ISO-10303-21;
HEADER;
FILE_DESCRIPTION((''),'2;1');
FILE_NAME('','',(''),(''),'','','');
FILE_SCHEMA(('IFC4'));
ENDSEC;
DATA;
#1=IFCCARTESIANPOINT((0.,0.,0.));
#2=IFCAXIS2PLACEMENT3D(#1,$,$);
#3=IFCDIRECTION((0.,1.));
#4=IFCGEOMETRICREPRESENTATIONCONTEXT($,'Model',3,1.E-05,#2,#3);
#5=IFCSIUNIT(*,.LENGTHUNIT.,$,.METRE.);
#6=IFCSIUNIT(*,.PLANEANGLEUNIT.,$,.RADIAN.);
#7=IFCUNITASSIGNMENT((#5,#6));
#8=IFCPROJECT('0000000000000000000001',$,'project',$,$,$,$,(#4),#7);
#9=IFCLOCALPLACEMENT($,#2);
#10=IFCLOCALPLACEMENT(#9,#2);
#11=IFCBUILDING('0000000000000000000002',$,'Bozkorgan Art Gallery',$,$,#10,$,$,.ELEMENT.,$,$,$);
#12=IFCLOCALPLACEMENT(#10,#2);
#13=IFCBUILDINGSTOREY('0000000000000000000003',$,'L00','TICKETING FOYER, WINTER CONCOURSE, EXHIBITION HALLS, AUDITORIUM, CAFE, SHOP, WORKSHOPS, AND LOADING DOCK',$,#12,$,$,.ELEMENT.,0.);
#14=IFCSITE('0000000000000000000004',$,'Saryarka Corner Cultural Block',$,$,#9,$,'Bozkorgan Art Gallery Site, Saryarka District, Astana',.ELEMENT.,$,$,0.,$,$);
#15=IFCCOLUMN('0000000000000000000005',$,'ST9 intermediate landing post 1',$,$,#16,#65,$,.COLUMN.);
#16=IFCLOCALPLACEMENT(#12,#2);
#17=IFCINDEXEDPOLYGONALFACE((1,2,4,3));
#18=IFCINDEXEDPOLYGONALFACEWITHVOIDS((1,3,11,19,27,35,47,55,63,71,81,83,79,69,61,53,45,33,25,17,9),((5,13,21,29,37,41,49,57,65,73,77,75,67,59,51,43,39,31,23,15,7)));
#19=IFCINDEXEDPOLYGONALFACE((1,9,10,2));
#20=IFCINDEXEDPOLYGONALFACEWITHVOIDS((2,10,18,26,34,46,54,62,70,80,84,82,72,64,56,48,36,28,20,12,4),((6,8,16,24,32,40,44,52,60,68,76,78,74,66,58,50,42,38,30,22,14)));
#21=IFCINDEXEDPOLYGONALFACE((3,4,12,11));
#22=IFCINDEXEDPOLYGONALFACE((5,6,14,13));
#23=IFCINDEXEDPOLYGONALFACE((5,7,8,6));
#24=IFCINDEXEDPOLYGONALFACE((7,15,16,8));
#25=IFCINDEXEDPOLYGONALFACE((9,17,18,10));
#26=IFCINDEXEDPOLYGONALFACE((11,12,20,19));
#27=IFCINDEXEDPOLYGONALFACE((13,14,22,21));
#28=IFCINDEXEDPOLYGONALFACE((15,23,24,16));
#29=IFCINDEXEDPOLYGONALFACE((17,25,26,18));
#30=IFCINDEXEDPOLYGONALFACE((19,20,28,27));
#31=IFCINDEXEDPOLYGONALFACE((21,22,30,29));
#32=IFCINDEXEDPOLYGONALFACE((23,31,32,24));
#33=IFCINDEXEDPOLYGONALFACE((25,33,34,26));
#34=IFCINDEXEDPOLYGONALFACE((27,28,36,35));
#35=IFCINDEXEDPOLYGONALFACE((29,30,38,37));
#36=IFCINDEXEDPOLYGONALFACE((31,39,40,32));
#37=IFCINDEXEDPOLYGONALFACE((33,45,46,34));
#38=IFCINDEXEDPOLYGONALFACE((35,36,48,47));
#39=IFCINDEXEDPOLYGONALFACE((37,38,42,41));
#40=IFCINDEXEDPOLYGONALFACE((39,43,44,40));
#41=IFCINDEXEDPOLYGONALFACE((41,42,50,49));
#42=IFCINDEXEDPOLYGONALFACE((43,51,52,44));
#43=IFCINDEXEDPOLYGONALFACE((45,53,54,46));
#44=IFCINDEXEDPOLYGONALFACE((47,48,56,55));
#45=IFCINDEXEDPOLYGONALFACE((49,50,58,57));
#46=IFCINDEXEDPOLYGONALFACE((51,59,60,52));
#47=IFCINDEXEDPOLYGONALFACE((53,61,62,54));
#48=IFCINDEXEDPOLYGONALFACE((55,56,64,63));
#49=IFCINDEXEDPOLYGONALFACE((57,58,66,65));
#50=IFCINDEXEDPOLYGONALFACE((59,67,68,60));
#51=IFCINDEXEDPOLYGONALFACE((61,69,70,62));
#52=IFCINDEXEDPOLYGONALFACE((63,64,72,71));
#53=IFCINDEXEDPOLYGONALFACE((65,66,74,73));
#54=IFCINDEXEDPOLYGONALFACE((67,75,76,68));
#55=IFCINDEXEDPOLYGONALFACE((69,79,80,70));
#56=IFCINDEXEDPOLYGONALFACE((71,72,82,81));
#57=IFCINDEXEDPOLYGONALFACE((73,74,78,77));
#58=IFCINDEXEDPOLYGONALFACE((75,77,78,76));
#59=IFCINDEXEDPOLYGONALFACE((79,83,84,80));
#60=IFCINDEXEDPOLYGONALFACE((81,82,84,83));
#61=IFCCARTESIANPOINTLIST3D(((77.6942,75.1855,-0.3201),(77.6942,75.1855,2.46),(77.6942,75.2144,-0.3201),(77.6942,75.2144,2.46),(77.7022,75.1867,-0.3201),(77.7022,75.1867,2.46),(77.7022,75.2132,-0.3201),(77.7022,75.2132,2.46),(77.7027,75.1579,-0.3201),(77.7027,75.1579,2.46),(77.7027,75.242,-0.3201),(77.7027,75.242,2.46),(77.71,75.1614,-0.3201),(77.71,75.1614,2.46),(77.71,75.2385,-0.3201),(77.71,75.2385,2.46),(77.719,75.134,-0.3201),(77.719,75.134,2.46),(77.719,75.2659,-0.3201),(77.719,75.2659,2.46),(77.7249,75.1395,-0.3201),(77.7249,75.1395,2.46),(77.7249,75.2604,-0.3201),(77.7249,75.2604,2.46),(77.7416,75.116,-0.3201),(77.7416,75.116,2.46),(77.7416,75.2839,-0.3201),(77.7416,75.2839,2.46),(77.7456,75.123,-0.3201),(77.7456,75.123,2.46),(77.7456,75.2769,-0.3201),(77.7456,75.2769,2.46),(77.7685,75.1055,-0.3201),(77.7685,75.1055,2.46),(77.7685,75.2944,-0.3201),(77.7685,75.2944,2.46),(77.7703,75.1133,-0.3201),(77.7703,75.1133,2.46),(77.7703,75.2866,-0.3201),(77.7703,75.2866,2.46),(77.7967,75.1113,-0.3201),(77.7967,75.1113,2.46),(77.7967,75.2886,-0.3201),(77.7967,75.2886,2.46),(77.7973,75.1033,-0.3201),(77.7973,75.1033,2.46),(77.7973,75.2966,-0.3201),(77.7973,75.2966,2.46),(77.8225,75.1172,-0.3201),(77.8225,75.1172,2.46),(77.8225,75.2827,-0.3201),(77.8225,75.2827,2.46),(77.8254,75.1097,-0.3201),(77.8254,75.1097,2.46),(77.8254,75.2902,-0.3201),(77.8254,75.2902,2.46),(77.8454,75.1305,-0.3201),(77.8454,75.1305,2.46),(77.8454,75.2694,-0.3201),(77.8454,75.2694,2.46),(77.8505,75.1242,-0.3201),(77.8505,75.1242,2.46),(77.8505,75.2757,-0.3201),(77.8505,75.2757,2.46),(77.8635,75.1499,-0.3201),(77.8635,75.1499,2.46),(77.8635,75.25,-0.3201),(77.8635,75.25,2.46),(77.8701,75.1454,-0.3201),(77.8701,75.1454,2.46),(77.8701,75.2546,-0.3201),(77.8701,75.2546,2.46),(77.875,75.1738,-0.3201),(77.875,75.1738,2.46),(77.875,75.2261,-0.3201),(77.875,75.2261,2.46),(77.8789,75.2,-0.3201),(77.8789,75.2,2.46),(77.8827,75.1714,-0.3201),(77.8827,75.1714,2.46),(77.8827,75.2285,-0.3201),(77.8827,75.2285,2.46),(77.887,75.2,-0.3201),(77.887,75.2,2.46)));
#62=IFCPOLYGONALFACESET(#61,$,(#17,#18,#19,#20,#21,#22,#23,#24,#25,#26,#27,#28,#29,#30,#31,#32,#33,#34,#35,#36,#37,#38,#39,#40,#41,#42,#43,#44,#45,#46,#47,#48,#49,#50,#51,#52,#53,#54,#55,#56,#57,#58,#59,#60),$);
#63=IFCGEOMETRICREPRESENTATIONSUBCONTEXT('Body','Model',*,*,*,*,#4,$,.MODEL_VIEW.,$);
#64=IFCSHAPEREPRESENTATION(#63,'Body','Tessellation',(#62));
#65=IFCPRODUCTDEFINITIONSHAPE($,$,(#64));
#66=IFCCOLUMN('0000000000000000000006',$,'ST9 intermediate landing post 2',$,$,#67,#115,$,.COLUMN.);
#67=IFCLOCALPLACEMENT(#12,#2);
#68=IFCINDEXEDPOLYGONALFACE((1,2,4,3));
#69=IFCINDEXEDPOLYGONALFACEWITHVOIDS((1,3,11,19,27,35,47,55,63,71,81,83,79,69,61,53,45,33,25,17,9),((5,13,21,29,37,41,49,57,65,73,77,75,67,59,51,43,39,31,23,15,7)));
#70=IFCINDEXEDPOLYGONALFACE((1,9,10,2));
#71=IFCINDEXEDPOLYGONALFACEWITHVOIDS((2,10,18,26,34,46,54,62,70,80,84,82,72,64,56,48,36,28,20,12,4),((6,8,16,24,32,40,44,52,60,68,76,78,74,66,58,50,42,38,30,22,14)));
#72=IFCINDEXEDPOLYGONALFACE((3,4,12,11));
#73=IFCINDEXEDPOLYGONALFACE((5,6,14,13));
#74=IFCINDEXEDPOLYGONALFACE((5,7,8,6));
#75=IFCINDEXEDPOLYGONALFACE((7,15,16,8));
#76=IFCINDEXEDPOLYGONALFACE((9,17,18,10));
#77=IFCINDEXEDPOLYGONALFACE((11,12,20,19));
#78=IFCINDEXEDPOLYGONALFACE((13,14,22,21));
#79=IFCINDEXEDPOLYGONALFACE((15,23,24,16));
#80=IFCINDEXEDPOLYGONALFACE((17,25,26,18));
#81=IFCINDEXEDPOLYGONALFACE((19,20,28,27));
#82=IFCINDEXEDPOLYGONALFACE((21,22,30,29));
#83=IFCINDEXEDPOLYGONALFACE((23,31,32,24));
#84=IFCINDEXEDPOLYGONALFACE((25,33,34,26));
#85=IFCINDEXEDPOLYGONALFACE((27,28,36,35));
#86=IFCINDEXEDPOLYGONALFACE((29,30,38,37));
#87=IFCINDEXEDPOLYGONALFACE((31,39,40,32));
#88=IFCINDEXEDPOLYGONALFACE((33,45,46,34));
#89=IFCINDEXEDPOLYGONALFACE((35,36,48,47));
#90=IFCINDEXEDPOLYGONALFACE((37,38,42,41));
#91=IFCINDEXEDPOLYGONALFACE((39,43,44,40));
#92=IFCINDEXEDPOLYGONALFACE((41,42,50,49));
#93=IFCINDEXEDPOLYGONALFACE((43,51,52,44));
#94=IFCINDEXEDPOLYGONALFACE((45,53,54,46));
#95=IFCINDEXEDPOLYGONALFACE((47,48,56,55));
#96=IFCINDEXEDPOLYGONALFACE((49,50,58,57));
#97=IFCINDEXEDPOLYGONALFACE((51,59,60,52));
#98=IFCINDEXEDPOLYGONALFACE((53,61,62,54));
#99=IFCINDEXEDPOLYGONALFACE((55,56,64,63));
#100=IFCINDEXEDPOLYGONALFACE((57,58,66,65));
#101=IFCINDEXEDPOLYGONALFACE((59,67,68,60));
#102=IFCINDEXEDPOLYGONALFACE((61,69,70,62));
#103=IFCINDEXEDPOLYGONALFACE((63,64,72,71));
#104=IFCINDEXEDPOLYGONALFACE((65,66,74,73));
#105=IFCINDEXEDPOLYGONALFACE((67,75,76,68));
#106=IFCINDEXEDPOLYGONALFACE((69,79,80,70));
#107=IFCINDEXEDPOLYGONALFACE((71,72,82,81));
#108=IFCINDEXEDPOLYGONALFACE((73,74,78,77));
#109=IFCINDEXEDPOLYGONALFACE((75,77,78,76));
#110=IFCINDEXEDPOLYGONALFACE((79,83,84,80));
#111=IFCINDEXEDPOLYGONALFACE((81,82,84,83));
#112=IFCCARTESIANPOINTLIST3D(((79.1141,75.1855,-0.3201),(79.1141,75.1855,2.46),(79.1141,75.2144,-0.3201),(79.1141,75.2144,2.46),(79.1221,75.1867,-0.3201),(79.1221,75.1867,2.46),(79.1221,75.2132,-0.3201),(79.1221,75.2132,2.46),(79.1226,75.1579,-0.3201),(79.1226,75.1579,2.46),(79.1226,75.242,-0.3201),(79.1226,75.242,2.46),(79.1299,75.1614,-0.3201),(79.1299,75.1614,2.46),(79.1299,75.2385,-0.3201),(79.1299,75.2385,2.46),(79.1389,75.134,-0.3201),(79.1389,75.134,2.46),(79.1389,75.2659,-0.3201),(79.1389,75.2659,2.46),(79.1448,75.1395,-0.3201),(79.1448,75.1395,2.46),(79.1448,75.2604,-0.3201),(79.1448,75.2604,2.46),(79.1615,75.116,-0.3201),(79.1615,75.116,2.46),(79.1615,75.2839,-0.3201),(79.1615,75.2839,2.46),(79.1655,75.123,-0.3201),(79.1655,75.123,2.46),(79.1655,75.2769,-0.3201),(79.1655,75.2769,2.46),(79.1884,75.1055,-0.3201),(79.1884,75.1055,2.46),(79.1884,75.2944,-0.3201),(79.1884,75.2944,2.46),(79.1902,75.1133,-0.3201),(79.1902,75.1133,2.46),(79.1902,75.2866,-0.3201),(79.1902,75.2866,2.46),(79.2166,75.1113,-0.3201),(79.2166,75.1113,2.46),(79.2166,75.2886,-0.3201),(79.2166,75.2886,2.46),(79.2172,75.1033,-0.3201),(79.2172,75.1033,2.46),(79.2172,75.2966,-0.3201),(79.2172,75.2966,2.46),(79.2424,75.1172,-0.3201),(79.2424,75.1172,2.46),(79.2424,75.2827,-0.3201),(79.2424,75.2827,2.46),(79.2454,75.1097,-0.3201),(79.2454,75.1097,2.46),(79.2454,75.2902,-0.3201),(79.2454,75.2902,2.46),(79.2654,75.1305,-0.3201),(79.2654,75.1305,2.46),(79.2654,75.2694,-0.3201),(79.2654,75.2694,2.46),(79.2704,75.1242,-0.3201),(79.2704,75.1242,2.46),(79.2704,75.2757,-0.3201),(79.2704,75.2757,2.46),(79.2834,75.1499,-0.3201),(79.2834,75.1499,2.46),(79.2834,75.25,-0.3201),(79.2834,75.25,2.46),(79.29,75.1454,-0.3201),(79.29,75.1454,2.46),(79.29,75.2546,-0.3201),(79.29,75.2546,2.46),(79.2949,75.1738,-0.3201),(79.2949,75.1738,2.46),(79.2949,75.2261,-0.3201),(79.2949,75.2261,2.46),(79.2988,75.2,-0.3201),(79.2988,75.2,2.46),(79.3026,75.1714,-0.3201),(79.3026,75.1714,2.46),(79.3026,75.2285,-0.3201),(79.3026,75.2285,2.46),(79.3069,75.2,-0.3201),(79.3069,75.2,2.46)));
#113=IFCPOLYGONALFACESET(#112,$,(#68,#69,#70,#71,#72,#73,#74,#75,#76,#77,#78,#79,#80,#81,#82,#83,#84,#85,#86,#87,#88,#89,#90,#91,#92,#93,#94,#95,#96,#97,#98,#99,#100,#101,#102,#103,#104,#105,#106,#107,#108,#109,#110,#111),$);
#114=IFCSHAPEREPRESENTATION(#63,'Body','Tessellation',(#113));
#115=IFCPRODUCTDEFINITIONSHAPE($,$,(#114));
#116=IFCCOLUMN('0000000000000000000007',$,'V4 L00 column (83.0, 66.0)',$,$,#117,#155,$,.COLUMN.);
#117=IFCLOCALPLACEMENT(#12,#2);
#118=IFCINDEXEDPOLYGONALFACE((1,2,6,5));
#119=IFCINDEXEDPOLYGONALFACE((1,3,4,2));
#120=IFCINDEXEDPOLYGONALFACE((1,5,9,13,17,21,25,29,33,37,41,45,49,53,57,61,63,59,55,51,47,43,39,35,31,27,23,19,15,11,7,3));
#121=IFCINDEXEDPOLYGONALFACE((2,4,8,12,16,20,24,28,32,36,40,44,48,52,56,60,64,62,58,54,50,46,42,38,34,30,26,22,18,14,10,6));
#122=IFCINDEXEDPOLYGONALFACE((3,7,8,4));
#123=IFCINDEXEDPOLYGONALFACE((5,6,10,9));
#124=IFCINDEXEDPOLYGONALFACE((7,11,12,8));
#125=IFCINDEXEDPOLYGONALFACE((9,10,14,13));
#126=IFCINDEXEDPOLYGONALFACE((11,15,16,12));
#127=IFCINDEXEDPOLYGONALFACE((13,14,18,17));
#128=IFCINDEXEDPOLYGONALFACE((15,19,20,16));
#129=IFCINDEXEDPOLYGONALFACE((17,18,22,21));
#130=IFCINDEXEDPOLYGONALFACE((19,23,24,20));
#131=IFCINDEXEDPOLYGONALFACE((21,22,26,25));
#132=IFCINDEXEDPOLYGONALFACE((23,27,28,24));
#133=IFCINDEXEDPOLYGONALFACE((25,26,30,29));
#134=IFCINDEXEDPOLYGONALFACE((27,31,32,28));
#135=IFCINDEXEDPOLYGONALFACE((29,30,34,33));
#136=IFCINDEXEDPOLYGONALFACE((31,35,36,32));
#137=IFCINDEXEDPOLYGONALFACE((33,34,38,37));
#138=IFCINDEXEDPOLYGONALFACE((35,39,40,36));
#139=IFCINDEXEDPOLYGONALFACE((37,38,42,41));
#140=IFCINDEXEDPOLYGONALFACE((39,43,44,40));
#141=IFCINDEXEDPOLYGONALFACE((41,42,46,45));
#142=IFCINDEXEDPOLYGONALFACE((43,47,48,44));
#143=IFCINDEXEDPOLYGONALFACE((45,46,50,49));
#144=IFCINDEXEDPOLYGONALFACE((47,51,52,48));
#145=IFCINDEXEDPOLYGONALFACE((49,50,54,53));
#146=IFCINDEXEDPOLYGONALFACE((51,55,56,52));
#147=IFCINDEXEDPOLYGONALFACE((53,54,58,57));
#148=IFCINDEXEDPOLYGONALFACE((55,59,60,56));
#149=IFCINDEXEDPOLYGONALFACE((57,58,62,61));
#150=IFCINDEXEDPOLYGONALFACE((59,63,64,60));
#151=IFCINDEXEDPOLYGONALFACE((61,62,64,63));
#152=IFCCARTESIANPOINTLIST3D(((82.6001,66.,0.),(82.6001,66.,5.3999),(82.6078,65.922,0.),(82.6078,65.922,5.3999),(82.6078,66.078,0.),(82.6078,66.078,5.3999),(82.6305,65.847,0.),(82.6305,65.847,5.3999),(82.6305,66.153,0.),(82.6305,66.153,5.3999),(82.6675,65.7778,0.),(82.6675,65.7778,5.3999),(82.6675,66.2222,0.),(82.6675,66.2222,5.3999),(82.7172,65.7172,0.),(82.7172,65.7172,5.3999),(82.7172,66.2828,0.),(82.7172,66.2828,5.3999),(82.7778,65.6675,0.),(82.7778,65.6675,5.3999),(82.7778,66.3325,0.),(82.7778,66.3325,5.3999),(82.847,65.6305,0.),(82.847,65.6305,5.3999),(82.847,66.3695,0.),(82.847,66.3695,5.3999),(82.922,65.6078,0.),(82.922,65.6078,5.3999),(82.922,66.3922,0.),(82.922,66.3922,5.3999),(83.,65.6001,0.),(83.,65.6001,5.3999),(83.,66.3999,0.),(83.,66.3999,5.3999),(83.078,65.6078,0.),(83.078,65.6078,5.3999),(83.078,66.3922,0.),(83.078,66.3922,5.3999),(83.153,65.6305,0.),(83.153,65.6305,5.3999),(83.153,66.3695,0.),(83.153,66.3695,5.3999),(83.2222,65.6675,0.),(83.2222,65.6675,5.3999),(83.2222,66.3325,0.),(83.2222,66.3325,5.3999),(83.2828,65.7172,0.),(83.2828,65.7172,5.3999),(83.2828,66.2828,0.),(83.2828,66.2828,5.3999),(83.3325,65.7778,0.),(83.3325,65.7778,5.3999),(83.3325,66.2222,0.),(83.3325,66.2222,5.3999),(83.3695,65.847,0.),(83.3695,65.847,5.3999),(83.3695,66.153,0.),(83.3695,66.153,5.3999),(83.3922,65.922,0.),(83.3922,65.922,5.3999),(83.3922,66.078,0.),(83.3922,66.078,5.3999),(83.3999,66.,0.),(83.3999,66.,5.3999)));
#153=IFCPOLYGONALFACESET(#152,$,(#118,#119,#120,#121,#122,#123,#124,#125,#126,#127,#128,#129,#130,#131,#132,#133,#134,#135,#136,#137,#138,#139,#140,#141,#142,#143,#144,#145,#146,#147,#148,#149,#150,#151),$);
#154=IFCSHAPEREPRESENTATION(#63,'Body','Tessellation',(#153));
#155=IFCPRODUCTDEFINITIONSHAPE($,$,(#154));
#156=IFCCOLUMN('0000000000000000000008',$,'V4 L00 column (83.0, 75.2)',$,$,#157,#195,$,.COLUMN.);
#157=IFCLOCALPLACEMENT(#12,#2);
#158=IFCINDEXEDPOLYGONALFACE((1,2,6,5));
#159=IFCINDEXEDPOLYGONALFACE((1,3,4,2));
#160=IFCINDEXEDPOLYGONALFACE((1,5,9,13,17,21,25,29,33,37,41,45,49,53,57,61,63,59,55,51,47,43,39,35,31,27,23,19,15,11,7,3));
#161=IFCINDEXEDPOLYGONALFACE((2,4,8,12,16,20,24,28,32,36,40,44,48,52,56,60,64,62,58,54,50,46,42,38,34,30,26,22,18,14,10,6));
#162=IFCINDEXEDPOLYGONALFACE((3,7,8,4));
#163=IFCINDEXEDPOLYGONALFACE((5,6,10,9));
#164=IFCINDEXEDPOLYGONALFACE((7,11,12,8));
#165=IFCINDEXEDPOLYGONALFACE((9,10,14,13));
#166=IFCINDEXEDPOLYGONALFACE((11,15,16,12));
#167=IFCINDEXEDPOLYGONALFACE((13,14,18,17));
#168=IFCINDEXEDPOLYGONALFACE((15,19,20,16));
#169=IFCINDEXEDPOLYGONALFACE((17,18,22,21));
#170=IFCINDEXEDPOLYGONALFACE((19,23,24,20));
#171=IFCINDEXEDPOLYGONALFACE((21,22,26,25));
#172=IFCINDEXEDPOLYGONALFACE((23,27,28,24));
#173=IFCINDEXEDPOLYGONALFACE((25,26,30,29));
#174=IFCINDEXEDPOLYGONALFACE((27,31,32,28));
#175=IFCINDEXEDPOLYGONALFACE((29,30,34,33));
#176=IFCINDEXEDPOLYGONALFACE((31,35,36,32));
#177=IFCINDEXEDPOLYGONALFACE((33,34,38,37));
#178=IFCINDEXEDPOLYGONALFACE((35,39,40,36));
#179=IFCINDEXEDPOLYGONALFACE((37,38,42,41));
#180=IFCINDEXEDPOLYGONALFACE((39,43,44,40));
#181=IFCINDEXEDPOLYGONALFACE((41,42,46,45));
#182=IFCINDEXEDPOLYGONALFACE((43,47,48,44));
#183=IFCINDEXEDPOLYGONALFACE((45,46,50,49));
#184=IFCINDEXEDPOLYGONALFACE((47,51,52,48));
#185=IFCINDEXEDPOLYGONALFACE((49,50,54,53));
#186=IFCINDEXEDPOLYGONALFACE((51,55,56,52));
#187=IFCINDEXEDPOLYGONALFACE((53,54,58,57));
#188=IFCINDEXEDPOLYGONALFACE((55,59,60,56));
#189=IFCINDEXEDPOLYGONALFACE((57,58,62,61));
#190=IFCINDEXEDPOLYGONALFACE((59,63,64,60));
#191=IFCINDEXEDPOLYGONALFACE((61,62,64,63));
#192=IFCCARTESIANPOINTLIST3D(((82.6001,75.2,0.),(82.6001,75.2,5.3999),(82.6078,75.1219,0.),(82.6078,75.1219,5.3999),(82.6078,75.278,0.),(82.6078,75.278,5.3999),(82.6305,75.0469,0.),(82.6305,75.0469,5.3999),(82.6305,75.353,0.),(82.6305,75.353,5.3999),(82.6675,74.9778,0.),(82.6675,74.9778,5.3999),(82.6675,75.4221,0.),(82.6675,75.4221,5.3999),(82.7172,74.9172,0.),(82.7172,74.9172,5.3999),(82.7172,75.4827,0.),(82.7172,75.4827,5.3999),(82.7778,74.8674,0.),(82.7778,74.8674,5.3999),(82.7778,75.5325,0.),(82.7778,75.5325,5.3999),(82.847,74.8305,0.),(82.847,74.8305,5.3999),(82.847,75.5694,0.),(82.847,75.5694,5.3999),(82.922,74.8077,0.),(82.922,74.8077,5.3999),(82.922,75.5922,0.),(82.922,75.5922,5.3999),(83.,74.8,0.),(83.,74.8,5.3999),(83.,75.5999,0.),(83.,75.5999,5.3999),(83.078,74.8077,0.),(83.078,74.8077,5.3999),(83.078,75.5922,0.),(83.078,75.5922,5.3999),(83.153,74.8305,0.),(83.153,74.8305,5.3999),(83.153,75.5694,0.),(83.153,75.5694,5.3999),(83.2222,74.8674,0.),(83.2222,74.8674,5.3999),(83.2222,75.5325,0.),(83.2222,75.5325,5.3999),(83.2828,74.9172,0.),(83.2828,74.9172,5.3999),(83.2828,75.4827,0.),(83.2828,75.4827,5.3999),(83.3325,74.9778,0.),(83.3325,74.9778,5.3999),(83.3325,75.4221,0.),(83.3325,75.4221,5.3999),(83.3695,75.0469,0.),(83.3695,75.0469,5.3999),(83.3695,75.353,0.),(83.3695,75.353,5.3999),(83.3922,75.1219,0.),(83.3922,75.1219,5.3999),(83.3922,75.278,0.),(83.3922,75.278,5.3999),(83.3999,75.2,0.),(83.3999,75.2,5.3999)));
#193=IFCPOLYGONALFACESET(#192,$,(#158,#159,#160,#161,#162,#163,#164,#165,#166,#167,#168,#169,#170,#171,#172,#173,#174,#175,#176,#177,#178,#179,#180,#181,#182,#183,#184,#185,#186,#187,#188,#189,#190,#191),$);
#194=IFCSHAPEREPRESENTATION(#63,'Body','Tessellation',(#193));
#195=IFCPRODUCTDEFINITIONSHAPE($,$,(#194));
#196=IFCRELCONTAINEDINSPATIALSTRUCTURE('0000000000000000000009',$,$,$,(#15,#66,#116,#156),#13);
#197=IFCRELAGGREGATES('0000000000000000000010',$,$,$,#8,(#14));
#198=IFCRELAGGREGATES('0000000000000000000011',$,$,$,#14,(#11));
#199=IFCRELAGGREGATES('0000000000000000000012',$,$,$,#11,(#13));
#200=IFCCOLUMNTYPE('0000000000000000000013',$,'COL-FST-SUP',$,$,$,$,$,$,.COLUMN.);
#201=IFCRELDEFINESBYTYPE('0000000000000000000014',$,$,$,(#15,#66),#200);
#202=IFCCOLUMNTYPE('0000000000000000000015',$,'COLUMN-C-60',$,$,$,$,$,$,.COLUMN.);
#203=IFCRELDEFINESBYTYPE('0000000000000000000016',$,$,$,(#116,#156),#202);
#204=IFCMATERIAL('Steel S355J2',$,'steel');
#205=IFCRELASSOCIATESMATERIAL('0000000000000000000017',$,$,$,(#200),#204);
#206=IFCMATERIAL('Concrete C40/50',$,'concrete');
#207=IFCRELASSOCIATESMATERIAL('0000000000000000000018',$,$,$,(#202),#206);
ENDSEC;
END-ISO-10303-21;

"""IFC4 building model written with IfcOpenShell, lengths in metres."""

from ifc_helpers import new_model, si_unit, direction, frame, origin, origin_2d, place, context, subcontext, project, spatial, circle, hollow_circle, extrude, material, material_profile, profile_set, type_object, element, save


model = new_model("IFC4")

# Units and contexts
model_context = context("Model", 3, precision=1e-05, world=origin(), true_north=direction((0.0, 1.0)))
body_context = subcontext(model_context, "Body", "Model", "MODEL_VIEW")
ifc_project = project(units=[si_unit("LENGTHUNIT", "METRE"), si_unit("PLANEANGLEUNIT", "RADIAN")], contexts=[model_context])

# Site, building, storey
site_placement = place(None, origin())
site = spatial("IfcSite", under=ifc_project, at=site_placement, Name="Saryarka Corner Cultural Block", LongName="Bozkorgan Art Gallery Site, Saryarka District, Astana", CompositionType="ELEMENT", RefElevation=0.0)
building_placement = place(site_placement, origin())
building = spatial("IfcBuilding", under=site, at=building_placement, Name="Bozkorgan Art Gallery", CompositionType="ELEMENT")
storey_placement = place(building_placement, origin())
storey = spatial("IfcBuildingStorey", under=building, at=storey_placement, Name="L00", Description="TICKETING FOYER, WINTER CONCOURSE, EXHIBITION HALLS, AUDITORIUM, CAFE, SHOP, WORKSHOPS, AND LOADING DOCK", CompositionType="ELEMENT", Elevation=0.0)

# Columns
ifc_material_1 = material(Name="Steel S355J2", Category="steel")
ifc_material_profile_1 = material_profile(ifc_material_1, hollow_circle(Radius=0.0969, WallThickness=0.0081, at=origin_2d()), Name="CHS 193.7x8")
ifc_profile_set_1 = profile_set([ifc_material_profile_1], Name="Steel S355J2")
column_type_1 = type_object("IfcColumnType", Name="COL-FST-SUP", PredefinedType="COLUMN", material=ifc_profile_set_1)
for number, where, z_axis, x_axis, name in (
    (1, (77.79, 75.2, -0.3201), (0.0, 0.0, 1.0), (1.0, 0.0, 0.0), "ST9 intermediate landing post 1"),
    (2, (79.21, 75.2, -0.3201), (0.0, 0.0, 1.0), (1.0, 0.0, 0.0), "ST9 intermediate landing post 2"),
):
    element("IfcColumn", number, at=place(storey_placement, frame(where, z_axis=z_axis, x_axis=x_axis)), inside=storey, type_object=column_type_1, Name=name, PredefinedType="COLUMN", context=body_context, shape_type="SweptSolid", body=[
        extrude(hollow_circle(Radius=0.0969, WallThickness=0.0081, at=origin_2d()), origin(), (0.0, 0.0, 1.0), 2.78),
    ])
ifc_material_2 = material(Name="Concrete C40/50", Category="concrete")
ifc_material_profile_2 = material_profile(ifc_material_2, circle(Radius=0.3999, at=origin_2d()), Name="RC D800")
ifc_profile_set_2 = profile_set([ifc_material_profile_2], Name="Concrete C40/50")
column_type_2 = type_object("IfcColumnType", Name="COLUMN-C-60", PredefinedType="COLUMN", material=ifc_profile_set_2)
for number, where, z_axis, x_axis, name in (
    (3, (83.0, 66.0, 0.0), (0.0, 0.0, 1.0), (1.0, 0.0, 0.0), "V4 L00 column (83.0, 66.0)"),
    (4, (83.0, 75.2, 0.0), (0.0, 0.0, 1.0), (1.0, 0.0, 0.0), "V4 L00 column (83.0, 75.2)"),
):
    element("IfcColumn", number, at=place(storey_placement, frame(where, z_axis=z_axis, x_axis=x_axis)), inside=storey, type_object=column_type_2, Name=name, PredefinedType="COLUMN", context=body_context, shape_type="SweptSolid", body=[
        extrude(circle(Radius=0.3999, at=origin_2d()), origin(), (0.0, 0.0, 1.0), 5.3999),
    ])

save(model, "model.ifc")
